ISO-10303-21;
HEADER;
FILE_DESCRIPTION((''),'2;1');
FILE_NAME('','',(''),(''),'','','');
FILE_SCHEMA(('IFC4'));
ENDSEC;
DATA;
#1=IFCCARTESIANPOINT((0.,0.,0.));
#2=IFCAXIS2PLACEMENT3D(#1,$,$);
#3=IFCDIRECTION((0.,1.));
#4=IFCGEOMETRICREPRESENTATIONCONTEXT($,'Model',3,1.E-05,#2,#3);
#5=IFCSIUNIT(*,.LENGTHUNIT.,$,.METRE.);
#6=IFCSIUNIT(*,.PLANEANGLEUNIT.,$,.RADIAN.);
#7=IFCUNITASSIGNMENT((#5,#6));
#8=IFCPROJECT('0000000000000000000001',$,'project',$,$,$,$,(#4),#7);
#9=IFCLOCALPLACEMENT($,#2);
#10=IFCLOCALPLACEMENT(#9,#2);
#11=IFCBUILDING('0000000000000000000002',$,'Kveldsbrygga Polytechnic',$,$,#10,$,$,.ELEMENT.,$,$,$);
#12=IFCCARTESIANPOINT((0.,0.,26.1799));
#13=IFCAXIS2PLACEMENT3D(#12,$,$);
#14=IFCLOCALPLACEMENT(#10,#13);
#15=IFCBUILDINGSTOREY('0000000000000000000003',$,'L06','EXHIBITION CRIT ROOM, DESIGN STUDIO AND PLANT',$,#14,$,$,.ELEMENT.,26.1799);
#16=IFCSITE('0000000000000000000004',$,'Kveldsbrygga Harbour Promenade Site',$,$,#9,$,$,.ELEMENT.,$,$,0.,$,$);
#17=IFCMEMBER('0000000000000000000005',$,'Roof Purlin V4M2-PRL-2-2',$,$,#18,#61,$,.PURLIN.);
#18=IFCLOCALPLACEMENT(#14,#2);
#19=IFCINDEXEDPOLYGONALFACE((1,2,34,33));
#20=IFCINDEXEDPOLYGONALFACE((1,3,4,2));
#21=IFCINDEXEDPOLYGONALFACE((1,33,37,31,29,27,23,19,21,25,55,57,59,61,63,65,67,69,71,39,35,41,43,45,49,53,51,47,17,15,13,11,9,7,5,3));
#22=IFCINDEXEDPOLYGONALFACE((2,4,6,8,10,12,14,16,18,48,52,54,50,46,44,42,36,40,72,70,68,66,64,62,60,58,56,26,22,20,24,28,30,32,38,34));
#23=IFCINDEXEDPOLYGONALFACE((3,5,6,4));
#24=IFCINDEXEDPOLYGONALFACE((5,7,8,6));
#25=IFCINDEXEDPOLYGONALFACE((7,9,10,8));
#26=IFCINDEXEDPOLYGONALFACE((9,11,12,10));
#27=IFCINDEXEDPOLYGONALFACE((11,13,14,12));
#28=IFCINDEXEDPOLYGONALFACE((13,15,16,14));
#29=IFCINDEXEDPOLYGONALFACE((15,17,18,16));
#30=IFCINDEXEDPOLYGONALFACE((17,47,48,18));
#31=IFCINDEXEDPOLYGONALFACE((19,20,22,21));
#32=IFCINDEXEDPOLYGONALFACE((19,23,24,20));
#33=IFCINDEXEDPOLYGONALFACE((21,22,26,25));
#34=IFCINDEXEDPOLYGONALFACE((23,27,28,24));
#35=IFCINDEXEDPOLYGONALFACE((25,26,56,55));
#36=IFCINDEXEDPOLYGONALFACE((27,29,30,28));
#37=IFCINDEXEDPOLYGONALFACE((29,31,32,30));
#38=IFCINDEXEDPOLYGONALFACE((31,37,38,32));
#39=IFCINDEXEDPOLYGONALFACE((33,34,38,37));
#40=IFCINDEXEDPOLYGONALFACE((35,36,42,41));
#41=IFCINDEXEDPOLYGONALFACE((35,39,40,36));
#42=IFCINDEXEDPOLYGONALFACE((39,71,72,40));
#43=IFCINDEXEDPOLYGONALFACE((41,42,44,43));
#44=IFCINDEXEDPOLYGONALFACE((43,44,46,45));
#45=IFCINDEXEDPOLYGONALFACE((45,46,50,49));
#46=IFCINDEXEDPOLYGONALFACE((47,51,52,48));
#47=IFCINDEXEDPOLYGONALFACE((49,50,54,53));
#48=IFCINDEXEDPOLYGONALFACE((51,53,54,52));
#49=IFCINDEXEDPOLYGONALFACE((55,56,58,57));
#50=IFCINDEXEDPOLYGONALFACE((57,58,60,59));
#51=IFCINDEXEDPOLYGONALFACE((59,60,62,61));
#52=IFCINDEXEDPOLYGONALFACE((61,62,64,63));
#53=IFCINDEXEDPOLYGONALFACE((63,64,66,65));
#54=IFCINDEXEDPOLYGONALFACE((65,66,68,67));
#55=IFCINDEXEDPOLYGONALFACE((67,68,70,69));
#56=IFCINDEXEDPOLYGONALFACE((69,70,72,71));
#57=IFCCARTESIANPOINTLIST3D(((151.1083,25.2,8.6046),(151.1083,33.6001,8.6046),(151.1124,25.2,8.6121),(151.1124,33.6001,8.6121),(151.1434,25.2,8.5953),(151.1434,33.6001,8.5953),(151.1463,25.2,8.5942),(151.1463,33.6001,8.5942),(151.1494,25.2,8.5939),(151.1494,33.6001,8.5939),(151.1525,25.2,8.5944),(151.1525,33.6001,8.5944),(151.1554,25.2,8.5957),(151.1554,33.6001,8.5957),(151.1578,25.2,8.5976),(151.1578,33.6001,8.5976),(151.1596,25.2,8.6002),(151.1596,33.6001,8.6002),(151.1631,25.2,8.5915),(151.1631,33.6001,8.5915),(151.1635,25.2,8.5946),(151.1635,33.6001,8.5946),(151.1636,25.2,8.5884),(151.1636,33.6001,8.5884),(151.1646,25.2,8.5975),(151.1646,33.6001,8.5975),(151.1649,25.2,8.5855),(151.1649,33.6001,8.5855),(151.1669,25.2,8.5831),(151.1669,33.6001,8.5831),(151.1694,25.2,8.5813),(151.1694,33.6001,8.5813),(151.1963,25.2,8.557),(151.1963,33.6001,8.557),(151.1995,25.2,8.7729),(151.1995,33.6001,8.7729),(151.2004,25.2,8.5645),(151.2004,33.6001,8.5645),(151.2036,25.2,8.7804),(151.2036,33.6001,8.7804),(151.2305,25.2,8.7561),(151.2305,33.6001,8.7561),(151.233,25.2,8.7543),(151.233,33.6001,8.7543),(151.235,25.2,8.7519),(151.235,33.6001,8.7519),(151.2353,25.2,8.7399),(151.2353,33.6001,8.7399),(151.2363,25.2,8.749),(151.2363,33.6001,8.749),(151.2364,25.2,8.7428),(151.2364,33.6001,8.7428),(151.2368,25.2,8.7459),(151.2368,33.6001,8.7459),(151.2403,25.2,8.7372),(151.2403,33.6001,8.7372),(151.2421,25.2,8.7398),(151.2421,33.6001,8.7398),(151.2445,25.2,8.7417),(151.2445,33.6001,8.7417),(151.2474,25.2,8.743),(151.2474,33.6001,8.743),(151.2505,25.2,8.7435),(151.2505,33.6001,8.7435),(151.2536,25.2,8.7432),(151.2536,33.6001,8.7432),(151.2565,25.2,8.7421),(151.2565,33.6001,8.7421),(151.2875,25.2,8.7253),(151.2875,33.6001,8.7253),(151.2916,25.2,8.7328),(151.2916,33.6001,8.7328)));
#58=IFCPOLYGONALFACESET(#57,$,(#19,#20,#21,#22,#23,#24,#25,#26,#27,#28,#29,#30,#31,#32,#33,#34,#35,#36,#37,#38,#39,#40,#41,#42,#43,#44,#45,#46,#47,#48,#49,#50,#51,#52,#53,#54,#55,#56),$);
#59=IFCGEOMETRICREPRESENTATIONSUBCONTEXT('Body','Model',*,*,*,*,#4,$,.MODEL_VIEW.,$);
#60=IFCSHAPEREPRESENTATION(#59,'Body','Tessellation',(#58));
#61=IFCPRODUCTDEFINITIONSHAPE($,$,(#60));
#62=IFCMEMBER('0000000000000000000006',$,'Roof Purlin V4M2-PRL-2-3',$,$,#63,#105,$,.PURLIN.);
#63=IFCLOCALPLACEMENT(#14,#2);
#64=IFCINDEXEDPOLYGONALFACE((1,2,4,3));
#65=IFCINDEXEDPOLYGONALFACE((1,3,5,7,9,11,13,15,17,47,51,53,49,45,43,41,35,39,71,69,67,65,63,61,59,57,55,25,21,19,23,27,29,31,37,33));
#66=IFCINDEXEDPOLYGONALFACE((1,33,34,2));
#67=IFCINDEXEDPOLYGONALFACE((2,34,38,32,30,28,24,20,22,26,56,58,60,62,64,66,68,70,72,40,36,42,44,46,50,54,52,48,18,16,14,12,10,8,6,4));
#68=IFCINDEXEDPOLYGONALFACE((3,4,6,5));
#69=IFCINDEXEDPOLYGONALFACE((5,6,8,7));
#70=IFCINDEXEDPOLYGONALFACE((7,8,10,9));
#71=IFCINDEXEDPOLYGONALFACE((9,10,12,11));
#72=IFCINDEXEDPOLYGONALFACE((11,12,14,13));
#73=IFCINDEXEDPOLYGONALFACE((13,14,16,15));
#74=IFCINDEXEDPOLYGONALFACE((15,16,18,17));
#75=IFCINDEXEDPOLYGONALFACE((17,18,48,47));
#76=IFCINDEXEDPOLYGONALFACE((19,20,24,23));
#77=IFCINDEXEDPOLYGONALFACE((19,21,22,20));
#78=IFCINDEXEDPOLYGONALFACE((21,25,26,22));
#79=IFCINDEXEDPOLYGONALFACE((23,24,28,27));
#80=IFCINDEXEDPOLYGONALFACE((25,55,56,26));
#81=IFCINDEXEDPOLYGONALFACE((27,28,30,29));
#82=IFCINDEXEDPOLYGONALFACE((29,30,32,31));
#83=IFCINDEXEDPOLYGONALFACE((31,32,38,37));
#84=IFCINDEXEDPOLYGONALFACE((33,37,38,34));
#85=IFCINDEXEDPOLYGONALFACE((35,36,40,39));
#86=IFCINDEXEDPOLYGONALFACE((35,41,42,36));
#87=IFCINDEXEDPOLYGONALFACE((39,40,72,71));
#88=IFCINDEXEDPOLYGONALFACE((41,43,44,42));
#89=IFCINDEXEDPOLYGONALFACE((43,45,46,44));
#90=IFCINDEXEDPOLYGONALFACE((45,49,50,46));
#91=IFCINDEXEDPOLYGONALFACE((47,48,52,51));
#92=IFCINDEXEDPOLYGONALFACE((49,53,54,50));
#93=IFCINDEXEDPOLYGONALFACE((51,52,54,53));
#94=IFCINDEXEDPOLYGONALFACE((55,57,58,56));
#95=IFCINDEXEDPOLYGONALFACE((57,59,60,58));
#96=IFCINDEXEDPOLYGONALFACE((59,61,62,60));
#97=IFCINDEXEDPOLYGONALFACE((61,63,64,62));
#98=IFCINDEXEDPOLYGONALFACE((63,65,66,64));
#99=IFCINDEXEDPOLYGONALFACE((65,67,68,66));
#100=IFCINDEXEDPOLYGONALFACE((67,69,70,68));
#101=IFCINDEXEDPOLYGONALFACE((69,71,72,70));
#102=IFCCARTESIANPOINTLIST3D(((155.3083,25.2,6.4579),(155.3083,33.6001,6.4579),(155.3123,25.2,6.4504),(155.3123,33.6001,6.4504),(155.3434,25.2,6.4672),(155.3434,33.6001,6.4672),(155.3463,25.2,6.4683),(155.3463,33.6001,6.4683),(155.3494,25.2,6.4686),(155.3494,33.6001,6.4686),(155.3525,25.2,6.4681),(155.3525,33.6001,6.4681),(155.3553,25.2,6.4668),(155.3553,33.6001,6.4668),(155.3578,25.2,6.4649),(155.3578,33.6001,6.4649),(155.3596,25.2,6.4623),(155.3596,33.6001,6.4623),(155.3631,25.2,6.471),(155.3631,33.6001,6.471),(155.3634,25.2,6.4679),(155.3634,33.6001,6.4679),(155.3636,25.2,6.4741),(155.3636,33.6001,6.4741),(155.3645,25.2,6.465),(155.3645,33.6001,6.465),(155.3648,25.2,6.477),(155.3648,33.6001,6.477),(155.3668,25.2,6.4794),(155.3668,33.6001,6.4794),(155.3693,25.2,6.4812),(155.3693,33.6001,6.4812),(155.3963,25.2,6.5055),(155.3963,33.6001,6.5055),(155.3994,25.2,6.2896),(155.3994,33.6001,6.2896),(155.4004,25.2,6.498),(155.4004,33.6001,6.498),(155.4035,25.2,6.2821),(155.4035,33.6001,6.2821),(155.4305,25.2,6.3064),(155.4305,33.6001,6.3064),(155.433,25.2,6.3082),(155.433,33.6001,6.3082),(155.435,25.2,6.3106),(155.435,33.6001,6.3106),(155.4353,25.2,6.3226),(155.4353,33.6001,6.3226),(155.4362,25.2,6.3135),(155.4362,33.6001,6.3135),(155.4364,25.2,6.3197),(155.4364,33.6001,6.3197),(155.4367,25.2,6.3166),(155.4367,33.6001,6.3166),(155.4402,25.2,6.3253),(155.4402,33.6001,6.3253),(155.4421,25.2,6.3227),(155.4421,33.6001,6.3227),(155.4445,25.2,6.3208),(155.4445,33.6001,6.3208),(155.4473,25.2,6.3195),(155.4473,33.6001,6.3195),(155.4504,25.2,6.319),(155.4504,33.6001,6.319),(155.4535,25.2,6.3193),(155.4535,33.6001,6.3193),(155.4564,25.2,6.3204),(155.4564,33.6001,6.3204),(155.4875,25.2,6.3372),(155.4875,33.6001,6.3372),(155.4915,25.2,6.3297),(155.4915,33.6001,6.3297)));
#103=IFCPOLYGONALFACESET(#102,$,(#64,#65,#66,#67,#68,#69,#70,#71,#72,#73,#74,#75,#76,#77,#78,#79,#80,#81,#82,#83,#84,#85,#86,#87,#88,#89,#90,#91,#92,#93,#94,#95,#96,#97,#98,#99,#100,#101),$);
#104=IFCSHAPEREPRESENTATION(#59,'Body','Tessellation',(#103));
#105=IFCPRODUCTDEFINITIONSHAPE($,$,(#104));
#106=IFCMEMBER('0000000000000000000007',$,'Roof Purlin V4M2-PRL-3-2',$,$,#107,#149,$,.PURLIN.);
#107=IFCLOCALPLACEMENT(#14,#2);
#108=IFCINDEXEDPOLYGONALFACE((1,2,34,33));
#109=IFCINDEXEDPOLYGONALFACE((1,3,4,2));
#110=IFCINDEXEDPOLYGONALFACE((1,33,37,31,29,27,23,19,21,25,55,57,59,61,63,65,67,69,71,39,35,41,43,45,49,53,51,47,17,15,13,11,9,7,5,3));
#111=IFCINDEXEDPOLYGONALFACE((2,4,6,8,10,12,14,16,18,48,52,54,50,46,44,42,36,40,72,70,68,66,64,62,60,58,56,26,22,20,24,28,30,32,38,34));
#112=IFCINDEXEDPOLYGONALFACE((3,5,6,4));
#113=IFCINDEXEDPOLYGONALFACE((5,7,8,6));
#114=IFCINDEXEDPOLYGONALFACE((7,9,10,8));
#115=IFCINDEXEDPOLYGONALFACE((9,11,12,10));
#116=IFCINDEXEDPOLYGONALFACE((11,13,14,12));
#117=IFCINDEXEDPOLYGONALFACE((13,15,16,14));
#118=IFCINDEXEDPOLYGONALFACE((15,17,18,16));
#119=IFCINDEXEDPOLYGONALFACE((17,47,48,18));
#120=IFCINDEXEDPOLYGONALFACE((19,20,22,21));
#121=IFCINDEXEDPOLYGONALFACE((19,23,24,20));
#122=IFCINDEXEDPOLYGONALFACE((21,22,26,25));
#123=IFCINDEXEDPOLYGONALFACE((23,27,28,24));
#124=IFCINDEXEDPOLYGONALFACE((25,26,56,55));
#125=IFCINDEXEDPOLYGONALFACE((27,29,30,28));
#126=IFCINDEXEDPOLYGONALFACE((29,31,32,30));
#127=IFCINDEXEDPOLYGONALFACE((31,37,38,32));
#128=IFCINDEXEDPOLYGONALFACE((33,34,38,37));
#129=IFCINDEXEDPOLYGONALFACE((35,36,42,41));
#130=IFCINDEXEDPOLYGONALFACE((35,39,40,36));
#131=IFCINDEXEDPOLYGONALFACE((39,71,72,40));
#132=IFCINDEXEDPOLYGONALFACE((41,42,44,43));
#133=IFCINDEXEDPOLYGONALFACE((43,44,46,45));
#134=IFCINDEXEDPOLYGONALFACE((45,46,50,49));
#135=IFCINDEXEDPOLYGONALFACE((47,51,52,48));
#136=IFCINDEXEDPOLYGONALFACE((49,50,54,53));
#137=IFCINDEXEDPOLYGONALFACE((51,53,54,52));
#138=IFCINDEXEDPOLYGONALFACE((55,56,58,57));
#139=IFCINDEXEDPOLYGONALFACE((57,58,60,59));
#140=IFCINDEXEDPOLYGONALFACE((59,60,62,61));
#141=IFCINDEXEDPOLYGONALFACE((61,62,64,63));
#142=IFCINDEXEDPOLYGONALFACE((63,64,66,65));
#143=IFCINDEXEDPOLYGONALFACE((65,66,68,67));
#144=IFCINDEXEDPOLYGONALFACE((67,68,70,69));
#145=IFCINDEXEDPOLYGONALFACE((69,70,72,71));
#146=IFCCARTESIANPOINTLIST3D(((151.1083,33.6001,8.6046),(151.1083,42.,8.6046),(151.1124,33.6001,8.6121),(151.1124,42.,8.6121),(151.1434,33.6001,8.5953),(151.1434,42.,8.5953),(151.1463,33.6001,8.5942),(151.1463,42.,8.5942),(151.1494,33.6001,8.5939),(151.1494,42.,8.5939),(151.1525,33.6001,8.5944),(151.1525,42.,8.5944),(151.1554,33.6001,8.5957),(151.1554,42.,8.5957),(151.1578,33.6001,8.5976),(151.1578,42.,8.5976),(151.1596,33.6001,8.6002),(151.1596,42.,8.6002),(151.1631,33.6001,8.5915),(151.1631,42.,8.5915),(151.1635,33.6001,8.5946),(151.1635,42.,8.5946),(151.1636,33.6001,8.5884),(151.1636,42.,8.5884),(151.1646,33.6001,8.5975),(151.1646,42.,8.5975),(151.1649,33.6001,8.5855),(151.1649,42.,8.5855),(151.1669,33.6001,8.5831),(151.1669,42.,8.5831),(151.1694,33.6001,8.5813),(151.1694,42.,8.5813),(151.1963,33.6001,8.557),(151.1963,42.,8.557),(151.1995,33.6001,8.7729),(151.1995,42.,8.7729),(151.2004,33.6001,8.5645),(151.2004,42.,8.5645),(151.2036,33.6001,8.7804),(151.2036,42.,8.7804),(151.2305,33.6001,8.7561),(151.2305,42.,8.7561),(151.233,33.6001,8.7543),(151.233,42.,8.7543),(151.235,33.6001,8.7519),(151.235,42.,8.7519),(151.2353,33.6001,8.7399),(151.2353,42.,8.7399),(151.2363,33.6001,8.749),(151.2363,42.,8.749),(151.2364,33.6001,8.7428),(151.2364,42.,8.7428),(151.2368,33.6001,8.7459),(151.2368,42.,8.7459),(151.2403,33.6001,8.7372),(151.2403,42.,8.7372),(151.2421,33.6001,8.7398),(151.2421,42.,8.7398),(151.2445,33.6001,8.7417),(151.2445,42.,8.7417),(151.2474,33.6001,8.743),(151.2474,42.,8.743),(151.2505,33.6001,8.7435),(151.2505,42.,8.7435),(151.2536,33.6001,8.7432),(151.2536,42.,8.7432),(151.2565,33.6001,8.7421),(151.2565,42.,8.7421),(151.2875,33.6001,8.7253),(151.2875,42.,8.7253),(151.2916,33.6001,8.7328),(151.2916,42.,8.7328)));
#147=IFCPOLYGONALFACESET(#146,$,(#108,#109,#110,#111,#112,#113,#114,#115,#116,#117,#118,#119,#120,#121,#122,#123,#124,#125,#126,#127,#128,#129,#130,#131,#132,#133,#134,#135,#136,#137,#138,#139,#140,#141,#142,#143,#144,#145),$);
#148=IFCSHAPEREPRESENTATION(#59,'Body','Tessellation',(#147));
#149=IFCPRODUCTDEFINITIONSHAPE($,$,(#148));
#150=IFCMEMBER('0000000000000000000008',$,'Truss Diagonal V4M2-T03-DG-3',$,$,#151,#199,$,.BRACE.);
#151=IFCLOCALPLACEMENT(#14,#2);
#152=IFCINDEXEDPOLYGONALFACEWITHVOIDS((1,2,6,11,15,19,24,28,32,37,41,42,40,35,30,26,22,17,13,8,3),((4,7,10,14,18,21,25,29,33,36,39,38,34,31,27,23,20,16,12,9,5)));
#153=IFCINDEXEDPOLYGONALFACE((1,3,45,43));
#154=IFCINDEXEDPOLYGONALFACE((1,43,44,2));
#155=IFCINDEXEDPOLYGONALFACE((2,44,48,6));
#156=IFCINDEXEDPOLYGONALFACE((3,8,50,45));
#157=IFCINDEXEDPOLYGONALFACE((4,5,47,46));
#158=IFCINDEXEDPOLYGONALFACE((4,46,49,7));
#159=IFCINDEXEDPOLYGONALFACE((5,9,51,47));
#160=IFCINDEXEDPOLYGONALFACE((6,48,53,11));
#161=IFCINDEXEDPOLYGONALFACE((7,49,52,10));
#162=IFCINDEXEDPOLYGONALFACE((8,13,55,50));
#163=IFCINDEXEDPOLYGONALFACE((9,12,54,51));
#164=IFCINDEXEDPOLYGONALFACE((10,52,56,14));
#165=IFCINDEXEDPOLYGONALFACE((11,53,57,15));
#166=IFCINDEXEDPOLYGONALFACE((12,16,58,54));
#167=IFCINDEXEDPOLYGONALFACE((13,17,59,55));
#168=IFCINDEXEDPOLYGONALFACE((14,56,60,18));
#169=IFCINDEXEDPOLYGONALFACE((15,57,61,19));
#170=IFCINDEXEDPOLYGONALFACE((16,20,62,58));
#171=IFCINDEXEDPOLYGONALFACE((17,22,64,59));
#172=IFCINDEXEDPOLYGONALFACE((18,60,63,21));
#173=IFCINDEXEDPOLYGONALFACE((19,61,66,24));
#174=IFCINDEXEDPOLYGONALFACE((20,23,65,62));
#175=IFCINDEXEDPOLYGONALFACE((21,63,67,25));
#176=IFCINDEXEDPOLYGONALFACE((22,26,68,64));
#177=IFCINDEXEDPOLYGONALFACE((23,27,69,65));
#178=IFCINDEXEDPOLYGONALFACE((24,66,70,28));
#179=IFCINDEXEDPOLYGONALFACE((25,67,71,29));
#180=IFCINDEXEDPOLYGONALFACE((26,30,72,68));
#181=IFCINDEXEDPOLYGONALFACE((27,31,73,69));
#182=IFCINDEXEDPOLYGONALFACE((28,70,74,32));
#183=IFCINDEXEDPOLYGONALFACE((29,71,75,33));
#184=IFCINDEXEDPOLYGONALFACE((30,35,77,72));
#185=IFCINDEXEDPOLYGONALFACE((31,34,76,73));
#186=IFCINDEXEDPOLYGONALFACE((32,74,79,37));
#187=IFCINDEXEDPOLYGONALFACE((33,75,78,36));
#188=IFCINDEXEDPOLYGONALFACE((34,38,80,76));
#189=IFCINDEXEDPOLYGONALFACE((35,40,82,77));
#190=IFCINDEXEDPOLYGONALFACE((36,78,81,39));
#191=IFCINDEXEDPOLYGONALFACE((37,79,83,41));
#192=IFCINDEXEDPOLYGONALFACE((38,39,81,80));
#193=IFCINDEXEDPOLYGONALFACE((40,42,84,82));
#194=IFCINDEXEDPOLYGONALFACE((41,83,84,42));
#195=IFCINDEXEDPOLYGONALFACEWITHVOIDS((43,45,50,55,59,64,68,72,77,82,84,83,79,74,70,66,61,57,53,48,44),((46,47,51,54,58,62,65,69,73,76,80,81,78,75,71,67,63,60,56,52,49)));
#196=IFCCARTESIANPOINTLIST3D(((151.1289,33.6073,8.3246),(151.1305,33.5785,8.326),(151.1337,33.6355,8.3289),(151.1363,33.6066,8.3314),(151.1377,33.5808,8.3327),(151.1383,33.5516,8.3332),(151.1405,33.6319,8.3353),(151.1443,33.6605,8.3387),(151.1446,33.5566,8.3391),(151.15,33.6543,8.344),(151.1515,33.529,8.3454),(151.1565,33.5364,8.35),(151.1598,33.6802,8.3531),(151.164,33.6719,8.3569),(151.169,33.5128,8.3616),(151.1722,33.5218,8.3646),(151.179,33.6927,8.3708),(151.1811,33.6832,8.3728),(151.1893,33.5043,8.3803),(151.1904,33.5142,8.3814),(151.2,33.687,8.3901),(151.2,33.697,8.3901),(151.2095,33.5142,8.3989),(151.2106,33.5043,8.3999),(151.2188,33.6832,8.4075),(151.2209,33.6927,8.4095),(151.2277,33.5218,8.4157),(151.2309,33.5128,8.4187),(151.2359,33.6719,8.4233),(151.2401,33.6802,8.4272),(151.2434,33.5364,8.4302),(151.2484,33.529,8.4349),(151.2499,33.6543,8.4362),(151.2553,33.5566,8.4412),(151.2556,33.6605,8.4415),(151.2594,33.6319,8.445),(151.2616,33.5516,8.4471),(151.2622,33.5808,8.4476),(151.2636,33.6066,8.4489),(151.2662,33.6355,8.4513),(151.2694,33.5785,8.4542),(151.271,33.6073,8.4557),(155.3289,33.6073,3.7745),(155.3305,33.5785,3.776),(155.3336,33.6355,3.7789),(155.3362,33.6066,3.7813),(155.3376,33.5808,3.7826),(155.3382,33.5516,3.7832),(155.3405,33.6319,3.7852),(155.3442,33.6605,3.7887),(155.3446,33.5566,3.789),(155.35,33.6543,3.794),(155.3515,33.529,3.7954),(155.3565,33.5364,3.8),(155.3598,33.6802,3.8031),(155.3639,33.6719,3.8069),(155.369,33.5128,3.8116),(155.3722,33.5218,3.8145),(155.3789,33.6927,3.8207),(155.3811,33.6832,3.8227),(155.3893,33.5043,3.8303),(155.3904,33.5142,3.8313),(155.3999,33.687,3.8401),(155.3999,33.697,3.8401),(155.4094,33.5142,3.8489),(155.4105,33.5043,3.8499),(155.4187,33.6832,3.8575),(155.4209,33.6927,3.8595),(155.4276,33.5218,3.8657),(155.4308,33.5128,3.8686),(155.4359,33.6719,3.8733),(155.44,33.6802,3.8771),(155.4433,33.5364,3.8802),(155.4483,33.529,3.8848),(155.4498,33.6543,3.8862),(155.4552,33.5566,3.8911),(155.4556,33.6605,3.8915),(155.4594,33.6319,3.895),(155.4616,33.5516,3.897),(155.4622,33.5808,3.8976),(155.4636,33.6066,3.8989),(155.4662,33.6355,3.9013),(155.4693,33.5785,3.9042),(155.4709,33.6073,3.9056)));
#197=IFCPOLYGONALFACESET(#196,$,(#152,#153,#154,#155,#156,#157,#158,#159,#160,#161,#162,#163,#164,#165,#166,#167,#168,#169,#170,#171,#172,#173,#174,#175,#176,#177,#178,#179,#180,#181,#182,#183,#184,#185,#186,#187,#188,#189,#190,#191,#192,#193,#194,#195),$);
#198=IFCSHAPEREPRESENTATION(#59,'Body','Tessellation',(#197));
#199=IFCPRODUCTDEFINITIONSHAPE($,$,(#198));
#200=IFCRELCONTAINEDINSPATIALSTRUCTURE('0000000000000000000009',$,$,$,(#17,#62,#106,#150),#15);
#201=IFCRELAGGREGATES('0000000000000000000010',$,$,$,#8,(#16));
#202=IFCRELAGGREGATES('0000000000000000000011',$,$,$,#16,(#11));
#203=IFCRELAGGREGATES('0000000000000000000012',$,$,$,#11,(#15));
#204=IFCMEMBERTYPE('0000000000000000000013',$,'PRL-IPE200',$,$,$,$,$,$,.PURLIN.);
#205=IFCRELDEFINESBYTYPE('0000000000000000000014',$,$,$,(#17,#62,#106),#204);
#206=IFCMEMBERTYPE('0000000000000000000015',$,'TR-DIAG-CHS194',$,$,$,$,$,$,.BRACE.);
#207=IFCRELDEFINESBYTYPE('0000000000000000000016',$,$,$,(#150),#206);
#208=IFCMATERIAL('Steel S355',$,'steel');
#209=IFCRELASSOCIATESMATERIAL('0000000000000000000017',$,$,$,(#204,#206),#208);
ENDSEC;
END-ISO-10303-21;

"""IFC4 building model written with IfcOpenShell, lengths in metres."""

from ifc_helpers import new_model, si_unit, direction, frame, origin, origin_2d, place, context, subcontext, project, spatial, hollow_circle, i_section, extrude, material, material_profile, profile_set, type_object, element, save


model = new_model("IFC4")

# Units and contexts
model_context = context("Model", 3, precision=1e-05, world=origin(), true_north=direction((0.0, 1.0)))
body_context = subcontext(model_context, "Body", "Model", "MODEL_VIEW")
ifc_project = project(units=[si_unit("LENGTHUNIT", "METRE"), si_unit("PLANEANGLEUNIT", "RADIAN")], contexts=[model_context])

# Site, building, storey
site_placement = place(None, origin())
site = spatial("IfcSite", under=ifc_project, at=site_placement, Name="Kveldsbrygga Harbour Promenade Site", CompositionType="ELEMENT", RefElevation=0.0)
building_placement = place(site_placement, origin())
building = spatial("IfcBuilding", under=site, at=building_placement, Name="Kveldsbrygga Polytechnic", CompositionType="ELEMENT")
storey_placement = place(building_placement, frame((0.0, 0.0, 26.1799)))
storey = spatial("IfcBuildingStorey", under=building, at=storey_placement, Name="L06", Description="EXHIBITION CRIT ROOM, DESIGN STUDIO AND PLANT", CompositionType="ELEMENT", Elevation=26.1799)

# Shared definitions
ifc_material_1 = material(Name="Steel S355", Category="steel")

# Members
ifc_material_profile_1 = material_profile(ifc_material_1, i_section(OverallWidth=0.1001, OverallDepth=0.2, WebThickness=0.0056, FlangeThickness=0.0085, FilletRadius=0.012, at=origin_2d()), Name="IPE 200")
ifc_profile_set_1 = profile_set([ifc_material_profile_1], Name="Steel S355")
member_type_1 = type_object("IfcMemberType", Name="PRL-IPE200", PredefinedType="PURLIN", material=ifc_profile_set_1)
for number, where, z_axis, x_axis, name in (
    (1, (151.2, 25.2, 8.6687), (0.0, 1.0, 0.0), (-0.879292, 0.0, 0.476283), "Roof Purlin V4M2-PRL-2-2"),
    (2, (155.3999, 25.2, 6.3938), (0.0, 1.0, 0.0), (-0.879292, 0.0, -0.476283), "Roof Purlin V4M2-PRL-2-3"),
):
    element("IfcMember", number, at=place(storey_placement, frame(where, z_axis=z_axis, x_axis=x_axis)), inside=storey, type_object=member_type_1, Name=name, PredefinedType="PURLIN", context=body_context, shape_type="SweptSolid", body=[
        extrude(i_section(OverallWidth=0.1001, OverallDepth=0.2, WebThickness=0.0056, FlangeThickness=0.0085, FilletRadius=0.012, at=origin_2d()), origin(), (0.0, 0.0, 1.0), 8.4001),
    ])
member_1_placement = place(storey_placement, frame((151.2, 33.6001, 8.6687), z_axis=(0.0, 1.0, 0.0), x_axis=(-0.879292, 0.0, 0.476283)))
element("IfcMember", 3, at=member_1_placement, inside=storey, type_object=member_type_1, Name="Roof Purlin V4M2-PRL-3-2", PredefinedType="PURLIN", context=body_context, shape_type="SweptSolid", body=[
    extrude(i_section(OverallWidth=0.1001, OverallDepth=0.2, WebThickness=0.0056, FlangeThickness=0.0085, FilletRadius=0.012, at=origin_2d()), origin(), (0.0, 0.0, 1.0), 8.3999),
])
ifc_material_profile_2 = material_profile(ifc_material_1, hollow_circle(Radius=0.0969, WallThickness=0.01, at=origin_2d()), Name="CHS 193.7x10.0")
ifc_profile_set_2 = profile_set([ifc_material_profile_2], Name="Steel S355")
member_type_2 = type_object("IfcMemberType", Name="TR-DIAG-CHS194", PredefinedType="BRACE", material=ifc_profile_set_2)
member_2_placement = place(storey_placement, frame((151.2, 33.6001, 8.3901), z_axis=(0.678272, 0.0, -0.734811), x_axis=(0.0, 1.0, 0.0)))
element("IfcMember", 4, at=member_2_placement, inside=storey, type_object=member_type_2, Name="Truss Diagonal V4M2-T03-DG-3", PredefinedType="BRACE", context=body_context, shape_type="SweptSolid", body=[
    extrude(hollow_circle(Radius=0.0969, WallThickness=0.01, at=origin_2d()), origin(), (0.0, 0.0, 1.0), 6.1921),
])

save(model, "model.ifc")
